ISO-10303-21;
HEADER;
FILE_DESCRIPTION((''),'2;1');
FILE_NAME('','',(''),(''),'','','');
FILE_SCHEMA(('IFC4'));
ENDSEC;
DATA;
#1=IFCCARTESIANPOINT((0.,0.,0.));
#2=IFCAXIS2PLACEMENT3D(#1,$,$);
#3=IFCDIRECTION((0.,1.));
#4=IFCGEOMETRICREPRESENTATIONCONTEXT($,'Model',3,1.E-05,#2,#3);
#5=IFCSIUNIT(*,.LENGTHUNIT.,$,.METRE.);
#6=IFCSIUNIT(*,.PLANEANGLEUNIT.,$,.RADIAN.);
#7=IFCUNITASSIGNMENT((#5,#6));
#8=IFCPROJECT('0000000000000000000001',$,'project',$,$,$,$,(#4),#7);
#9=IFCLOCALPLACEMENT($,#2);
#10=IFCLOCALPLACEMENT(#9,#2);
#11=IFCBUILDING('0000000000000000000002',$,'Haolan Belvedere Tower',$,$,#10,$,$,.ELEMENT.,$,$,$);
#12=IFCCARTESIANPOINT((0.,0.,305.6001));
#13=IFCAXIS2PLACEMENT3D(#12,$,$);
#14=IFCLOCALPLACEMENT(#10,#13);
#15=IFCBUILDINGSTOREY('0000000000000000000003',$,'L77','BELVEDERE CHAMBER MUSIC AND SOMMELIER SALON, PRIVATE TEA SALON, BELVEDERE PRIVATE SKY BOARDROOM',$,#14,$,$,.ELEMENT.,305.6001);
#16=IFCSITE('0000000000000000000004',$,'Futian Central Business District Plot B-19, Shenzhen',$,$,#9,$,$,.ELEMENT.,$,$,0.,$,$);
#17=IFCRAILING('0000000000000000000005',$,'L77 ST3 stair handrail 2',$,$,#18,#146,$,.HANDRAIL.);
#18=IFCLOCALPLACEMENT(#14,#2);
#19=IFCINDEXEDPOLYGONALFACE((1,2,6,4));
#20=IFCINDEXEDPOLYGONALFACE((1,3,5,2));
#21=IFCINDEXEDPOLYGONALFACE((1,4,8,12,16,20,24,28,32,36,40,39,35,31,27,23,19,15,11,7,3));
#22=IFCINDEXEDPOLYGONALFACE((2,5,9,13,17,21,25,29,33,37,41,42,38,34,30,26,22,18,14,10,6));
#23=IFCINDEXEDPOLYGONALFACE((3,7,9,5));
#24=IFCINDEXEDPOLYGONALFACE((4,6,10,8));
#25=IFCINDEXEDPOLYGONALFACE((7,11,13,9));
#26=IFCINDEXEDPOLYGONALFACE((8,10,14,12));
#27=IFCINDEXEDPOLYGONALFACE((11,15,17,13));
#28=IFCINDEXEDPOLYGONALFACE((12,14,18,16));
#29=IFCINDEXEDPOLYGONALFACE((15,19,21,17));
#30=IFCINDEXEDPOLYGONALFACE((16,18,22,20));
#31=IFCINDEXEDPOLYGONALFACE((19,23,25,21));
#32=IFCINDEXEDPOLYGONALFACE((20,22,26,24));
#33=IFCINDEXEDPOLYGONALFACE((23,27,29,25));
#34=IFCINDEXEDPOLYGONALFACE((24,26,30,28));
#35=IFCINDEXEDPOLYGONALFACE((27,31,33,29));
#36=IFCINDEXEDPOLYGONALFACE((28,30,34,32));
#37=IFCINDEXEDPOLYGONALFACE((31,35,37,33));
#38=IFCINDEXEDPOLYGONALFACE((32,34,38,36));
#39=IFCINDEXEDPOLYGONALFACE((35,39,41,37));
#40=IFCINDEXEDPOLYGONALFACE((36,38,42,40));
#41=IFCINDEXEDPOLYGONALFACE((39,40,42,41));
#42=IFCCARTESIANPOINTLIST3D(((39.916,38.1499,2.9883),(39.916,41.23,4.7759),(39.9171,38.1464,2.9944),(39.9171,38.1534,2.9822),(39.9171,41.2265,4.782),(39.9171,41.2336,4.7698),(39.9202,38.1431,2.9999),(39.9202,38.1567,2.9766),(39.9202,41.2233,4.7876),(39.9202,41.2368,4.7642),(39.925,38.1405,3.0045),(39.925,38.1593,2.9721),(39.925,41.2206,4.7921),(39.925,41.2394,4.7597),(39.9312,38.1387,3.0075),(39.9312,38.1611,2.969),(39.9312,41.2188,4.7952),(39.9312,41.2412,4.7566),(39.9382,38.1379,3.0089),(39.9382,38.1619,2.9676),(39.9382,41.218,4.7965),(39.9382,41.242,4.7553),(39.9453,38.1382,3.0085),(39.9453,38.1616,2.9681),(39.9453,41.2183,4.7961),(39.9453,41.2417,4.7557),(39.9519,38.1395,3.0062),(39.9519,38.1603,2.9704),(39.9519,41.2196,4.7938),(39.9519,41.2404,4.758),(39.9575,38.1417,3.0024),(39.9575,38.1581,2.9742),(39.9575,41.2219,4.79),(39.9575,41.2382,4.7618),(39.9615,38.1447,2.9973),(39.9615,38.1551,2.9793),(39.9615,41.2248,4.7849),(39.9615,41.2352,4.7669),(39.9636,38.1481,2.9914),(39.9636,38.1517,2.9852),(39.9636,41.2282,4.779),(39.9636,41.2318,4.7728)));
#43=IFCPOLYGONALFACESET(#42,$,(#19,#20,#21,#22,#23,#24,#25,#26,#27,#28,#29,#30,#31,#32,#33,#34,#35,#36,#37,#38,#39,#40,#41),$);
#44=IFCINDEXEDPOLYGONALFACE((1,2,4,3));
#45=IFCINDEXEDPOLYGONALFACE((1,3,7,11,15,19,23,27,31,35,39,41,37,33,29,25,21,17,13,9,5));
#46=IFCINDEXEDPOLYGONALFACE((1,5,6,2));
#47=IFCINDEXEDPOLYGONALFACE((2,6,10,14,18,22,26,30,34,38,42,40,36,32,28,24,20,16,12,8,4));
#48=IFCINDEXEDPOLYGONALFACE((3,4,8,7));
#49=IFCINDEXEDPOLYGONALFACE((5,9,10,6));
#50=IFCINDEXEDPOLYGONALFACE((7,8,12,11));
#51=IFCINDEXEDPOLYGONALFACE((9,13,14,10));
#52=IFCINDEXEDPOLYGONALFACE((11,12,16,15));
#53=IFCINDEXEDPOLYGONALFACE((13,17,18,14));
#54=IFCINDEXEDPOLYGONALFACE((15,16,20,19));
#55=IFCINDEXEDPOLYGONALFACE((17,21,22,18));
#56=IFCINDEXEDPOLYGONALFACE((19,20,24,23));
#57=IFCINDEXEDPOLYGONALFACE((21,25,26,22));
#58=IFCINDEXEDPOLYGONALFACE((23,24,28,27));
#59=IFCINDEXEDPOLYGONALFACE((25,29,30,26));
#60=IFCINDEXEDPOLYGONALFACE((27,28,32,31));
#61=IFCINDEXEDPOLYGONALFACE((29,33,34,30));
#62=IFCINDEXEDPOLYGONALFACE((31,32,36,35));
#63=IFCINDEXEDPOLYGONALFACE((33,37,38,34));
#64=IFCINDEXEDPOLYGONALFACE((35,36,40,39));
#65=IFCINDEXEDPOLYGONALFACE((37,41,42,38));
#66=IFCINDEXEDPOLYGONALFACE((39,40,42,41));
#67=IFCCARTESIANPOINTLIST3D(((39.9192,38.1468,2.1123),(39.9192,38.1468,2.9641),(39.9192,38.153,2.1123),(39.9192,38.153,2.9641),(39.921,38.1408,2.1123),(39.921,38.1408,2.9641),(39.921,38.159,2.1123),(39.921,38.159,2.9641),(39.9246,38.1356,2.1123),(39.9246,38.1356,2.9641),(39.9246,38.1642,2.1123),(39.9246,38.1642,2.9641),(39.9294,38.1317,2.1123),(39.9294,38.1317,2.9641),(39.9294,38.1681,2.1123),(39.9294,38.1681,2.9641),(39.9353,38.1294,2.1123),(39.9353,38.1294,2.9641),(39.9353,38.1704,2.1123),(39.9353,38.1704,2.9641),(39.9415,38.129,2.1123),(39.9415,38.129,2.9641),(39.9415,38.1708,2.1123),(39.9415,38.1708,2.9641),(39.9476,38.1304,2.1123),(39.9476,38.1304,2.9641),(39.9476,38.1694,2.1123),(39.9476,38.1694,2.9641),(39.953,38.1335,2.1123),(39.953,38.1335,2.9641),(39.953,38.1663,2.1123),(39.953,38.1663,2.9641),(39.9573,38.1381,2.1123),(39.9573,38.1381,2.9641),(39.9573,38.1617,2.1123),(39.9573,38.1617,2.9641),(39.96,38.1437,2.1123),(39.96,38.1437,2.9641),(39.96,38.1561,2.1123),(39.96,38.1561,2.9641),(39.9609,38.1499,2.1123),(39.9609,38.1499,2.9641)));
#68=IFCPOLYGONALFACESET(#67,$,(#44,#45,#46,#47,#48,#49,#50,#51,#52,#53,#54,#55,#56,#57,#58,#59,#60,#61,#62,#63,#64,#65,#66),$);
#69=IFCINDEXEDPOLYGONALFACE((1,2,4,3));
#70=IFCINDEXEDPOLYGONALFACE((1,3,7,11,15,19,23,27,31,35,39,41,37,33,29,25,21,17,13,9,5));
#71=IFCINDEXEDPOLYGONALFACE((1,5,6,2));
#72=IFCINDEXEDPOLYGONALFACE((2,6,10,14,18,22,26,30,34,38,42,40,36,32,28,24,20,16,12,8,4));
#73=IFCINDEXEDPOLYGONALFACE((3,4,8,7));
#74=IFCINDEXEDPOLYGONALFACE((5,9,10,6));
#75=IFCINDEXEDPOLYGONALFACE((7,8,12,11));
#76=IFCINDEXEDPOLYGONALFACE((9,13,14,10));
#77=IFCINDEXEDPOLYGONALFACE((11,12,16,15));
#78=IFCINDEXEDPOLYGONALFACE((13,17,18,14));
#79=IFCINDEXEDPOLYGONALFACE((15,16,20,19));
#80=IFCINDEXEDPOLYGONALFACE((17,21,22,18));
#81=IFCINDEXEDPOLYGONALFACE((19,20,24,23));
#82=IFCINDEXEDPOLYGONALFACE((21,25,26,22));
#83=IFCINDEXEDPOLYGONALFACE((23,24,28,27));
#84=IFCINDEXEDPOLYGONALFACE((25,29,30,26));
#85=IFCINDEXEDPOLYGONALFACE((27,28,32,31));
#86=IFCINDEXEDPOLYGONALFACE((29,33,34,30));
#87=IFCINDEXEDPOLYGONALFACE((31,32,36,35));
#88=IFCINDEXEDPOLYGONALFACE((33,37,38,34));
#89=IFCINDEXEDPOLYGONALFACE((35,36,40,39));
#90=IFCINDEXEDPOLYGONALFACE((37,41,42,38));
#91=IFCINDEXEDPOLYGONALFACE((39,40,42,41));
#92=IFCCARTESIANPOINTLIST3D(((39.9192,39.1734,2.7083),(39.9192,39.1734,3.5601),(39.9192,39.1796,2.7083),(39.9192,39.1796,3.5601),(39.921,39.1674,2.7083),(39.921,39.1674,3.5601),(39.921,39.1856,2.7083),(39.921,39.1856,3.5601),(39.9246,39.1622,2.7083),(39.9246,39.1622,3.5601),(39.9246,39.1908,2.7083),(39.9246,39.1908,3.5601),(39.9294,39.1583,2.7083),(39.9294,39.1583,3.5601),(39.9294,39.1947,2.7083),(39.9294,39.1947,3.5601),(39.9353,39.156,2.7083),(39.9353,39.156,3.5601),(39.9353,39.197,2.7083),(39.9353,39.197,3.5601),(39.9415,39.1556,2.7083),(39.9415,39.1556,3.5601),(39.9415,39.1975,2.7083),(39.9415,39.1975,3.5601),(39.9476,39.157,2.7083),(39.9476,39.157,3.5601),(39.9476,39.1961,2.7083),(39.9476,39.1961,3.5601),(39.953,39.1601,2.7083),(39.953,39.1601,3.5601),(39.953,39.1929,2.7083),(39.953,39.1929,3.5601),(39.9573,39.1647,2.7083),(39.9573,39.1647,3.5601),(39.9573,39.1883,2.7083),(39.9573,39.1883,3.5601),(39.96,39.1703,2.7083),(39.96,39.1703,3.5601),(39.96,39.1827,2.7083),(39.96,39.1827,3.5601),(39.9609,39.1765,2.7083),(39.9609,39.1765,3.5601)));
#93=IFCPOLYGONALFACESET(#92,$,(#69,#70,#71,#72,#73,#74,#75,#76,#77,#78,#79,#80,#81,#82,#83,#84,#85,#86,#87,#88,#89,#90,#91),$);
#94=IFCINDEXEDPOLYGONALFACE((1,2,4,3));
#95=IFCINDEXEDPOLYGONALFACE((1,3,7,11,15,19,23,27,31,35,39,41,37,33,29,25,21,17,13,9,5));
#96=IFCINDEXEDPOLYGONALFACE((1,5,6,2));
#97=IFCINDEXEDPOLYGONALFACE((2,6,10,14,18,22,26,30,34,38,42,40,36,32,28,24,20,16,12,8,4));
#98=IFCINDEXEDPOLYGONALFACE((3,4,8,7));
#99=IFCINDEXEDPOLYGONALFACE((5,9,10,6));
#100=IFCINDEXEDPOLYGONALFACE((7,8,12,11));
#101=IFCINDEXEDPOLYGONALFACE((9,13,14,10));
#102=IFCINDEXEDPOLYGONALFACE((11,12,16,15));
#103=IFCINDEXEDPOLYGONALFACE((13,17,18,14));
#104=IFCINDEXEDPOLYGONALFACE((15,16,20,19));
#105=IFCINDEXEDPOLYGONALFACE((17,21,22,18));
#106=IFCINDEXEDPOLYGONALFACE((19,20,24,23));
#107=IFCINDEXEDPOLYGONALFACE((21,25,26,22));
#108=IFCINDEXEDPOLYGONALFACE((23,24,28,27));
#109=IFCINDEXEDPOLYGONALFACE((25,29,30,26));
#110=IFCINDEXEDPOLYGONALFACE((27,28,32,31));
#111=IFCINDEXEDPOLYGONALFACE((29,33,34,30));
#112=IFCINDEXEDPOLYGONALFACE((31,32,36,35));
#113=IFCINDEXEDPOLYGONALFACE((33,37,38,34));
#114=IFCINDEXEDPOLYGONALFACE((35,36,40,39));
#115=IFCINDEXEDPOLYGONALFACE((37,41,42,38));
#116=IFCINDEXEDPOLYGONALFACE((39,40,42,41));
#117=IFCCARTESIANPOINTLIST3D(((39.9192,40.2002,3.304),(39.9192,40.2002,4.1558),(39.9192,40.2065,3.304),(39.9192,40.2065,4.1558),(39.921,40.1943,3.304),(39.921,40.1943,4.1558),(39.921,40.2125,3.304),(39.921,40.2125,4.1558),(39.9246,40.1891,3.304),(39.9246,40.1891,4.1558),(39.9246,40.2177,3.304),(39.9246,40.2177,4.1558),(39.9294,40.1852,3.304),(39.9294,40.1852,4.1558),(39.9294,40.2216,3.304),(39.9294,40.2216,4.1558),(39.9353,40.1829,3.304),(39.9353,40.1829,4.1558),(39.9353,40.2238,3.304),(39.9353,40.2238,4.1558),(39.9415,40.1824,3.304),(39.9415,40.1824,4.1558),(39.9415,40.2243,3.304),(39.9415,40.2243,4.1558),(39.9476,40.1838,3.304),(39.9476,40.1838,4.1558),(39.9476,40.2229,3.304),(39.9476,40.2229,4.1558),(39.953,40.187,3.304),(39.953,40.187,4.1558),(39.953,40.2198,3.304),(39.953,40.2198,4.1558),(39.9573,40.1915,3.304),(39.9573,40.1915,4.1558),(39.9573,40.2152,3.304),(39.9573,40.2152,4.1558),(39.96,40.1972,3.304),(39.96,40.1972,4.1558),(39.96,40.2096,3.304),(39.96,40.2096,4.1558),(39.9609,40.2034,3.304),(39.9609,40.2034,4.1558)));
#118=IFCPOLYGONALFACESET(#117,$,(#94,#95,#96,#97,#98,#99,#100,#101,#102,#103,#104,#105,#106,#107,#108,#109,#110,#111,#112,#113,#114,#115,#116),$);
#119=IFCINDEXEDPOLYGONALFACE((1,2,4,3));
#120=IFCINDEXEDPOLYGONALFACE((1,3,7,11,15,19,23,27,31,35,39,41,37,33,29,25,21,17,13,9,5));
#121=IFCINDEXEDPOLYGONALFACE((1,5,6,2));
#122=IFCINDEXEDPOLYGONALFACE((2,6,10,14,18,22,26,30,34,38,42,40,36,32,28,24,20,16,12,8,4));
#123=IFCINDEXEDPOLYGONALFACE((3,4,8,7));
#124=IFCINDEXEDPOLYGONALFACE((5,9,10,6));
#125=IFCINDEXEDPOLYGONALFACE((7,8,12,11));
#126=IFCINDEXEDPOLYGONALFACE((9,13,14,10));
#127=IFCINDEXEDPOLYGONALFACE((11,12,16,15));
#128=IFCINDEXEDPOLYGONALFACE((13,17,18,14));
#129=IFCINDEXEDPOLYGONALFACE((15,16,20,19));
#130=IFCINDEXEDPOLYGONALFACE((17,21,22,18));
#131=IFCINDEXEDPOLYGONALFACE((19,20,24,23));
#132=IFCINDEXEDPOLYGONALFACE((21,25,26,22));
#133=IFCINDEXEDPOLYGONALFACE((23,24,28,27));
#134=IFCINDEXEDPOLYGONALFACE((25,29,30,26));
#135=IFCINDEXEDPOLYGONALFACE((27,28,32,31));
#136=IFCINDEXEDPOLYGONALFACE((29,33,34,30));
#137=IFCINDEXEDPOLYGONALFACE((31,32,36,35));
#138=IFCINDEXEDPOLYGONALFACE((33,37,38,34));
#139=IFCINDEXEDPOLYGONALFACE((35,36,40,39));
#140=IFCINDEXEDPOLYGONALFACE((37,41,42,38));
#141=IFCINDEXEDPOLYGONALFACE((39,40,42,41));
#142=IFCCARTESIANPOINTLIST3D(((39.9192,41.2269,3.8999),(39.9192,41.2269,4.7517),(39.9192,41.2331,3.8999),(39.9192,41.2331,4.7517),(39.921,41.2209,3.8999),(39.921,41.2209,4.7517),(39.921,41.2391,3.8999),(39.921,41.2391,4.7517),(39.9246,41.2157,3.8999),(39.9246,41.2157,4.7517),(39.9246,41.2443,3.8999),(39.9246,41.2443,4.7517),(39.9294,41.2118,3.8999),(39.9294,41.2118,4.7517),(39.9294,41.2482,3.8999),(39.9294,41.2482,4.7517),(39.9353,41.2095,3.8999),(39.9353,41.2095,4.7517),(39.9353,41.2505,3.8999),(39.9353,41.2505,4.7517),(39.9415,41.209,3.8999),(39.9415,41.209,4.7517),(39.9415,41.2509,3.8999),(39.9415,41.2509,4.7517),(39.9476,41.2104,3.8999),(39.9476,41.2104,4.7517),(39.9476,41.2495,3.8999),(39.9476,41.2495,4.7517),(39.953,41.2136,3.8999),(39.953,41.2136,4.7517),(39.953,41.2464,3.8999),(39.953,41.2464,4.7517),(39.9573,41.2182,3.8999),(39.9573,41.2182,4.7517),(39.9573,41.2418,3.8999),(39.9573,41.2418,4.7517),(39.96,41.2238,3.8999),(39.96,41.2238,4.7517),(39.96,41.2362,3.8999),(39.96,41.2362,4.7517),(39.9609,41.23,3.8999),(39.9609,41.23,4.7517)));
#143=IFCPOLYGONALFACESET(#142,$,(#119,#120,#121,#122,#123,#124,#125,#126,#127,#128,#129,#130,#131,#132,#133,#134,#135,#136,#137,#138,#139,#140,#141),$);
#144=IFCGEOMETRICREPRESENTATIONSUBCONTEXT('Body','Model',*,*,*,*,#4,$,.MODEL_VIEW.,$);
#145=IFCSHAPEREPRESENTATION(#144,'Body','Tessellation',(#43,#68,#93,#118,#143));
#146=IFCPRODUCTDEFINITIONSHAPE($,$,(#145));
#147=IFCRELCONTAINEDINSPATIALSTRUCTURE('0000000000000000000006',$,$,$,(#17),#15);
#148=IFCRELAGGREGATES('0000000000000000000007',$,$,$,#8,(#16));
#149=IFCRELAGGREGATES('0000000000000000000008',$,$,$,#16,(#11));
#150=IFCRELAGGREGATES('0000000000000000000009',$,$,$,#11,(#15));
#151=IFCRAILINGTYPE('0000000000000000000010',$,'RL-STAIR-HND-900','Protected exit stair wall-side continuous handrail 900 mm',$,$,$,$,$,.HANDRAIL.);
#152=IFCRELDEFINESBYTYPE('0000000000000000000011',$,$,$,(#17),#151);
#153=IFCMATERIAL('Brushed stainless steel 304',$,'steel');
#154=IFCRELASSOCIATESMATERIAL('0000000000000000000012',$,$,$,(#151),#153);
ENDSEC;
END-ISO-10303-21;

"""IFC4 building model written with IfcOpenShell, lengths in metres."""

from ifc_helpers import new_model, si_unit, direction, frame, origin, origin_2d, place, context, subcontext, project, spatial, circle, extrude, material, type_object, element, save


model = new_model("IFC4")

# Units and contexts
model_context = context("Model", 3, precision=1e-05, world=origin(), true_north=direction((0.0, 1.0)))
body_context = subcontext(model_context, "Body", "Model", "MODEL_VIEW")
ifc_project = project(units=[si_unit("LENGTHUNIT", "METRE"), si_unit("PLANEANGLEUNIT", "RADIAN")], contexts=[model_context])

# Site, building, storey
site_placement = place(None, origin())
site = spatial("IfcSite", under=ifc_project, at=site_placement, Name="Futian Central Business District Plot B-19, Shenzhen", CompositionType="ELEMENT", RefElevation=0.0)
building_placement = place(site_placement, origin())
building = spatial("IfcBuilding", under=site, at=building_placement, Name="Haolan Belvedere Tower", CompositionType="ELEMENT")
storey_placement = place(building_placement, frame((0.0, 0.0, 305.6001)))
storey = spatial("IfcBuildingStorey", under=building, at=storey_placement, Name="L77", Description="BELVEDERE CHAMBER MUSIC AND SOMMELIER SALON, PRIVATE TEA SALON, BELVEDERE PRIVATE SKY BOARDROOM", CompositionType="ELEMENT", Elevation=305.6001)

# Railing
ifc_material_1 = material(Name="Brushed stainless steel 304", Category="steel")
railing_type_1 = type_object("IfcRailingType", Name="RL-STAIR-HND-900", Description="Protected exit stair wall-side continuous handrail 900 mm", PredefinedType="HANDRAIL", material=ifc_material_1)
railing_1_placement = place(storey_placement, frame((39.9399, 38.1499, 2.1123)))
element("IfcRailing", 1, at=railing_1_placement, inside=storey, type_object=railing_type_1, Name="L77 ST3 stair handrail 2", PredefinedType="HANDRAIL", context=body_context, shape_type="SweptSolid", body=[
    extrude(circle(Radius=0.0239, at=origin_2d()), frame((0.0, 0.0, 0.876), z_axis=(0.0, 0.864891, 0.50196), x_axis=(-1.0, 0.0, 0.0)), (0.0, 0.0, 1.0), 3.5613),
    extrude(circle(Radius=0.021, at=origin_2d()), origin(), (0.0, 0.0, 1.0), 0.8518),
    extrude(circle(Radius=0.021, at=origin_2d()), frame((0.0, 1.0266, 0.5959)), (0.0, 0.0, 1.0), 0.8518),
    extrude(circle(Radius=0.021, at=origin_2d()), frame((0.0, 2.0535, 1.1917)), (0.0, 0.0, 1.0), 0.8518),
    extrude(circle(Radius=0.021, at=origin_2d()), frame((0.0, 3.0801, 1.7876)), (0.0, 0.0, 1.0), 0.8518),
])

save(model, "model.ifc")
